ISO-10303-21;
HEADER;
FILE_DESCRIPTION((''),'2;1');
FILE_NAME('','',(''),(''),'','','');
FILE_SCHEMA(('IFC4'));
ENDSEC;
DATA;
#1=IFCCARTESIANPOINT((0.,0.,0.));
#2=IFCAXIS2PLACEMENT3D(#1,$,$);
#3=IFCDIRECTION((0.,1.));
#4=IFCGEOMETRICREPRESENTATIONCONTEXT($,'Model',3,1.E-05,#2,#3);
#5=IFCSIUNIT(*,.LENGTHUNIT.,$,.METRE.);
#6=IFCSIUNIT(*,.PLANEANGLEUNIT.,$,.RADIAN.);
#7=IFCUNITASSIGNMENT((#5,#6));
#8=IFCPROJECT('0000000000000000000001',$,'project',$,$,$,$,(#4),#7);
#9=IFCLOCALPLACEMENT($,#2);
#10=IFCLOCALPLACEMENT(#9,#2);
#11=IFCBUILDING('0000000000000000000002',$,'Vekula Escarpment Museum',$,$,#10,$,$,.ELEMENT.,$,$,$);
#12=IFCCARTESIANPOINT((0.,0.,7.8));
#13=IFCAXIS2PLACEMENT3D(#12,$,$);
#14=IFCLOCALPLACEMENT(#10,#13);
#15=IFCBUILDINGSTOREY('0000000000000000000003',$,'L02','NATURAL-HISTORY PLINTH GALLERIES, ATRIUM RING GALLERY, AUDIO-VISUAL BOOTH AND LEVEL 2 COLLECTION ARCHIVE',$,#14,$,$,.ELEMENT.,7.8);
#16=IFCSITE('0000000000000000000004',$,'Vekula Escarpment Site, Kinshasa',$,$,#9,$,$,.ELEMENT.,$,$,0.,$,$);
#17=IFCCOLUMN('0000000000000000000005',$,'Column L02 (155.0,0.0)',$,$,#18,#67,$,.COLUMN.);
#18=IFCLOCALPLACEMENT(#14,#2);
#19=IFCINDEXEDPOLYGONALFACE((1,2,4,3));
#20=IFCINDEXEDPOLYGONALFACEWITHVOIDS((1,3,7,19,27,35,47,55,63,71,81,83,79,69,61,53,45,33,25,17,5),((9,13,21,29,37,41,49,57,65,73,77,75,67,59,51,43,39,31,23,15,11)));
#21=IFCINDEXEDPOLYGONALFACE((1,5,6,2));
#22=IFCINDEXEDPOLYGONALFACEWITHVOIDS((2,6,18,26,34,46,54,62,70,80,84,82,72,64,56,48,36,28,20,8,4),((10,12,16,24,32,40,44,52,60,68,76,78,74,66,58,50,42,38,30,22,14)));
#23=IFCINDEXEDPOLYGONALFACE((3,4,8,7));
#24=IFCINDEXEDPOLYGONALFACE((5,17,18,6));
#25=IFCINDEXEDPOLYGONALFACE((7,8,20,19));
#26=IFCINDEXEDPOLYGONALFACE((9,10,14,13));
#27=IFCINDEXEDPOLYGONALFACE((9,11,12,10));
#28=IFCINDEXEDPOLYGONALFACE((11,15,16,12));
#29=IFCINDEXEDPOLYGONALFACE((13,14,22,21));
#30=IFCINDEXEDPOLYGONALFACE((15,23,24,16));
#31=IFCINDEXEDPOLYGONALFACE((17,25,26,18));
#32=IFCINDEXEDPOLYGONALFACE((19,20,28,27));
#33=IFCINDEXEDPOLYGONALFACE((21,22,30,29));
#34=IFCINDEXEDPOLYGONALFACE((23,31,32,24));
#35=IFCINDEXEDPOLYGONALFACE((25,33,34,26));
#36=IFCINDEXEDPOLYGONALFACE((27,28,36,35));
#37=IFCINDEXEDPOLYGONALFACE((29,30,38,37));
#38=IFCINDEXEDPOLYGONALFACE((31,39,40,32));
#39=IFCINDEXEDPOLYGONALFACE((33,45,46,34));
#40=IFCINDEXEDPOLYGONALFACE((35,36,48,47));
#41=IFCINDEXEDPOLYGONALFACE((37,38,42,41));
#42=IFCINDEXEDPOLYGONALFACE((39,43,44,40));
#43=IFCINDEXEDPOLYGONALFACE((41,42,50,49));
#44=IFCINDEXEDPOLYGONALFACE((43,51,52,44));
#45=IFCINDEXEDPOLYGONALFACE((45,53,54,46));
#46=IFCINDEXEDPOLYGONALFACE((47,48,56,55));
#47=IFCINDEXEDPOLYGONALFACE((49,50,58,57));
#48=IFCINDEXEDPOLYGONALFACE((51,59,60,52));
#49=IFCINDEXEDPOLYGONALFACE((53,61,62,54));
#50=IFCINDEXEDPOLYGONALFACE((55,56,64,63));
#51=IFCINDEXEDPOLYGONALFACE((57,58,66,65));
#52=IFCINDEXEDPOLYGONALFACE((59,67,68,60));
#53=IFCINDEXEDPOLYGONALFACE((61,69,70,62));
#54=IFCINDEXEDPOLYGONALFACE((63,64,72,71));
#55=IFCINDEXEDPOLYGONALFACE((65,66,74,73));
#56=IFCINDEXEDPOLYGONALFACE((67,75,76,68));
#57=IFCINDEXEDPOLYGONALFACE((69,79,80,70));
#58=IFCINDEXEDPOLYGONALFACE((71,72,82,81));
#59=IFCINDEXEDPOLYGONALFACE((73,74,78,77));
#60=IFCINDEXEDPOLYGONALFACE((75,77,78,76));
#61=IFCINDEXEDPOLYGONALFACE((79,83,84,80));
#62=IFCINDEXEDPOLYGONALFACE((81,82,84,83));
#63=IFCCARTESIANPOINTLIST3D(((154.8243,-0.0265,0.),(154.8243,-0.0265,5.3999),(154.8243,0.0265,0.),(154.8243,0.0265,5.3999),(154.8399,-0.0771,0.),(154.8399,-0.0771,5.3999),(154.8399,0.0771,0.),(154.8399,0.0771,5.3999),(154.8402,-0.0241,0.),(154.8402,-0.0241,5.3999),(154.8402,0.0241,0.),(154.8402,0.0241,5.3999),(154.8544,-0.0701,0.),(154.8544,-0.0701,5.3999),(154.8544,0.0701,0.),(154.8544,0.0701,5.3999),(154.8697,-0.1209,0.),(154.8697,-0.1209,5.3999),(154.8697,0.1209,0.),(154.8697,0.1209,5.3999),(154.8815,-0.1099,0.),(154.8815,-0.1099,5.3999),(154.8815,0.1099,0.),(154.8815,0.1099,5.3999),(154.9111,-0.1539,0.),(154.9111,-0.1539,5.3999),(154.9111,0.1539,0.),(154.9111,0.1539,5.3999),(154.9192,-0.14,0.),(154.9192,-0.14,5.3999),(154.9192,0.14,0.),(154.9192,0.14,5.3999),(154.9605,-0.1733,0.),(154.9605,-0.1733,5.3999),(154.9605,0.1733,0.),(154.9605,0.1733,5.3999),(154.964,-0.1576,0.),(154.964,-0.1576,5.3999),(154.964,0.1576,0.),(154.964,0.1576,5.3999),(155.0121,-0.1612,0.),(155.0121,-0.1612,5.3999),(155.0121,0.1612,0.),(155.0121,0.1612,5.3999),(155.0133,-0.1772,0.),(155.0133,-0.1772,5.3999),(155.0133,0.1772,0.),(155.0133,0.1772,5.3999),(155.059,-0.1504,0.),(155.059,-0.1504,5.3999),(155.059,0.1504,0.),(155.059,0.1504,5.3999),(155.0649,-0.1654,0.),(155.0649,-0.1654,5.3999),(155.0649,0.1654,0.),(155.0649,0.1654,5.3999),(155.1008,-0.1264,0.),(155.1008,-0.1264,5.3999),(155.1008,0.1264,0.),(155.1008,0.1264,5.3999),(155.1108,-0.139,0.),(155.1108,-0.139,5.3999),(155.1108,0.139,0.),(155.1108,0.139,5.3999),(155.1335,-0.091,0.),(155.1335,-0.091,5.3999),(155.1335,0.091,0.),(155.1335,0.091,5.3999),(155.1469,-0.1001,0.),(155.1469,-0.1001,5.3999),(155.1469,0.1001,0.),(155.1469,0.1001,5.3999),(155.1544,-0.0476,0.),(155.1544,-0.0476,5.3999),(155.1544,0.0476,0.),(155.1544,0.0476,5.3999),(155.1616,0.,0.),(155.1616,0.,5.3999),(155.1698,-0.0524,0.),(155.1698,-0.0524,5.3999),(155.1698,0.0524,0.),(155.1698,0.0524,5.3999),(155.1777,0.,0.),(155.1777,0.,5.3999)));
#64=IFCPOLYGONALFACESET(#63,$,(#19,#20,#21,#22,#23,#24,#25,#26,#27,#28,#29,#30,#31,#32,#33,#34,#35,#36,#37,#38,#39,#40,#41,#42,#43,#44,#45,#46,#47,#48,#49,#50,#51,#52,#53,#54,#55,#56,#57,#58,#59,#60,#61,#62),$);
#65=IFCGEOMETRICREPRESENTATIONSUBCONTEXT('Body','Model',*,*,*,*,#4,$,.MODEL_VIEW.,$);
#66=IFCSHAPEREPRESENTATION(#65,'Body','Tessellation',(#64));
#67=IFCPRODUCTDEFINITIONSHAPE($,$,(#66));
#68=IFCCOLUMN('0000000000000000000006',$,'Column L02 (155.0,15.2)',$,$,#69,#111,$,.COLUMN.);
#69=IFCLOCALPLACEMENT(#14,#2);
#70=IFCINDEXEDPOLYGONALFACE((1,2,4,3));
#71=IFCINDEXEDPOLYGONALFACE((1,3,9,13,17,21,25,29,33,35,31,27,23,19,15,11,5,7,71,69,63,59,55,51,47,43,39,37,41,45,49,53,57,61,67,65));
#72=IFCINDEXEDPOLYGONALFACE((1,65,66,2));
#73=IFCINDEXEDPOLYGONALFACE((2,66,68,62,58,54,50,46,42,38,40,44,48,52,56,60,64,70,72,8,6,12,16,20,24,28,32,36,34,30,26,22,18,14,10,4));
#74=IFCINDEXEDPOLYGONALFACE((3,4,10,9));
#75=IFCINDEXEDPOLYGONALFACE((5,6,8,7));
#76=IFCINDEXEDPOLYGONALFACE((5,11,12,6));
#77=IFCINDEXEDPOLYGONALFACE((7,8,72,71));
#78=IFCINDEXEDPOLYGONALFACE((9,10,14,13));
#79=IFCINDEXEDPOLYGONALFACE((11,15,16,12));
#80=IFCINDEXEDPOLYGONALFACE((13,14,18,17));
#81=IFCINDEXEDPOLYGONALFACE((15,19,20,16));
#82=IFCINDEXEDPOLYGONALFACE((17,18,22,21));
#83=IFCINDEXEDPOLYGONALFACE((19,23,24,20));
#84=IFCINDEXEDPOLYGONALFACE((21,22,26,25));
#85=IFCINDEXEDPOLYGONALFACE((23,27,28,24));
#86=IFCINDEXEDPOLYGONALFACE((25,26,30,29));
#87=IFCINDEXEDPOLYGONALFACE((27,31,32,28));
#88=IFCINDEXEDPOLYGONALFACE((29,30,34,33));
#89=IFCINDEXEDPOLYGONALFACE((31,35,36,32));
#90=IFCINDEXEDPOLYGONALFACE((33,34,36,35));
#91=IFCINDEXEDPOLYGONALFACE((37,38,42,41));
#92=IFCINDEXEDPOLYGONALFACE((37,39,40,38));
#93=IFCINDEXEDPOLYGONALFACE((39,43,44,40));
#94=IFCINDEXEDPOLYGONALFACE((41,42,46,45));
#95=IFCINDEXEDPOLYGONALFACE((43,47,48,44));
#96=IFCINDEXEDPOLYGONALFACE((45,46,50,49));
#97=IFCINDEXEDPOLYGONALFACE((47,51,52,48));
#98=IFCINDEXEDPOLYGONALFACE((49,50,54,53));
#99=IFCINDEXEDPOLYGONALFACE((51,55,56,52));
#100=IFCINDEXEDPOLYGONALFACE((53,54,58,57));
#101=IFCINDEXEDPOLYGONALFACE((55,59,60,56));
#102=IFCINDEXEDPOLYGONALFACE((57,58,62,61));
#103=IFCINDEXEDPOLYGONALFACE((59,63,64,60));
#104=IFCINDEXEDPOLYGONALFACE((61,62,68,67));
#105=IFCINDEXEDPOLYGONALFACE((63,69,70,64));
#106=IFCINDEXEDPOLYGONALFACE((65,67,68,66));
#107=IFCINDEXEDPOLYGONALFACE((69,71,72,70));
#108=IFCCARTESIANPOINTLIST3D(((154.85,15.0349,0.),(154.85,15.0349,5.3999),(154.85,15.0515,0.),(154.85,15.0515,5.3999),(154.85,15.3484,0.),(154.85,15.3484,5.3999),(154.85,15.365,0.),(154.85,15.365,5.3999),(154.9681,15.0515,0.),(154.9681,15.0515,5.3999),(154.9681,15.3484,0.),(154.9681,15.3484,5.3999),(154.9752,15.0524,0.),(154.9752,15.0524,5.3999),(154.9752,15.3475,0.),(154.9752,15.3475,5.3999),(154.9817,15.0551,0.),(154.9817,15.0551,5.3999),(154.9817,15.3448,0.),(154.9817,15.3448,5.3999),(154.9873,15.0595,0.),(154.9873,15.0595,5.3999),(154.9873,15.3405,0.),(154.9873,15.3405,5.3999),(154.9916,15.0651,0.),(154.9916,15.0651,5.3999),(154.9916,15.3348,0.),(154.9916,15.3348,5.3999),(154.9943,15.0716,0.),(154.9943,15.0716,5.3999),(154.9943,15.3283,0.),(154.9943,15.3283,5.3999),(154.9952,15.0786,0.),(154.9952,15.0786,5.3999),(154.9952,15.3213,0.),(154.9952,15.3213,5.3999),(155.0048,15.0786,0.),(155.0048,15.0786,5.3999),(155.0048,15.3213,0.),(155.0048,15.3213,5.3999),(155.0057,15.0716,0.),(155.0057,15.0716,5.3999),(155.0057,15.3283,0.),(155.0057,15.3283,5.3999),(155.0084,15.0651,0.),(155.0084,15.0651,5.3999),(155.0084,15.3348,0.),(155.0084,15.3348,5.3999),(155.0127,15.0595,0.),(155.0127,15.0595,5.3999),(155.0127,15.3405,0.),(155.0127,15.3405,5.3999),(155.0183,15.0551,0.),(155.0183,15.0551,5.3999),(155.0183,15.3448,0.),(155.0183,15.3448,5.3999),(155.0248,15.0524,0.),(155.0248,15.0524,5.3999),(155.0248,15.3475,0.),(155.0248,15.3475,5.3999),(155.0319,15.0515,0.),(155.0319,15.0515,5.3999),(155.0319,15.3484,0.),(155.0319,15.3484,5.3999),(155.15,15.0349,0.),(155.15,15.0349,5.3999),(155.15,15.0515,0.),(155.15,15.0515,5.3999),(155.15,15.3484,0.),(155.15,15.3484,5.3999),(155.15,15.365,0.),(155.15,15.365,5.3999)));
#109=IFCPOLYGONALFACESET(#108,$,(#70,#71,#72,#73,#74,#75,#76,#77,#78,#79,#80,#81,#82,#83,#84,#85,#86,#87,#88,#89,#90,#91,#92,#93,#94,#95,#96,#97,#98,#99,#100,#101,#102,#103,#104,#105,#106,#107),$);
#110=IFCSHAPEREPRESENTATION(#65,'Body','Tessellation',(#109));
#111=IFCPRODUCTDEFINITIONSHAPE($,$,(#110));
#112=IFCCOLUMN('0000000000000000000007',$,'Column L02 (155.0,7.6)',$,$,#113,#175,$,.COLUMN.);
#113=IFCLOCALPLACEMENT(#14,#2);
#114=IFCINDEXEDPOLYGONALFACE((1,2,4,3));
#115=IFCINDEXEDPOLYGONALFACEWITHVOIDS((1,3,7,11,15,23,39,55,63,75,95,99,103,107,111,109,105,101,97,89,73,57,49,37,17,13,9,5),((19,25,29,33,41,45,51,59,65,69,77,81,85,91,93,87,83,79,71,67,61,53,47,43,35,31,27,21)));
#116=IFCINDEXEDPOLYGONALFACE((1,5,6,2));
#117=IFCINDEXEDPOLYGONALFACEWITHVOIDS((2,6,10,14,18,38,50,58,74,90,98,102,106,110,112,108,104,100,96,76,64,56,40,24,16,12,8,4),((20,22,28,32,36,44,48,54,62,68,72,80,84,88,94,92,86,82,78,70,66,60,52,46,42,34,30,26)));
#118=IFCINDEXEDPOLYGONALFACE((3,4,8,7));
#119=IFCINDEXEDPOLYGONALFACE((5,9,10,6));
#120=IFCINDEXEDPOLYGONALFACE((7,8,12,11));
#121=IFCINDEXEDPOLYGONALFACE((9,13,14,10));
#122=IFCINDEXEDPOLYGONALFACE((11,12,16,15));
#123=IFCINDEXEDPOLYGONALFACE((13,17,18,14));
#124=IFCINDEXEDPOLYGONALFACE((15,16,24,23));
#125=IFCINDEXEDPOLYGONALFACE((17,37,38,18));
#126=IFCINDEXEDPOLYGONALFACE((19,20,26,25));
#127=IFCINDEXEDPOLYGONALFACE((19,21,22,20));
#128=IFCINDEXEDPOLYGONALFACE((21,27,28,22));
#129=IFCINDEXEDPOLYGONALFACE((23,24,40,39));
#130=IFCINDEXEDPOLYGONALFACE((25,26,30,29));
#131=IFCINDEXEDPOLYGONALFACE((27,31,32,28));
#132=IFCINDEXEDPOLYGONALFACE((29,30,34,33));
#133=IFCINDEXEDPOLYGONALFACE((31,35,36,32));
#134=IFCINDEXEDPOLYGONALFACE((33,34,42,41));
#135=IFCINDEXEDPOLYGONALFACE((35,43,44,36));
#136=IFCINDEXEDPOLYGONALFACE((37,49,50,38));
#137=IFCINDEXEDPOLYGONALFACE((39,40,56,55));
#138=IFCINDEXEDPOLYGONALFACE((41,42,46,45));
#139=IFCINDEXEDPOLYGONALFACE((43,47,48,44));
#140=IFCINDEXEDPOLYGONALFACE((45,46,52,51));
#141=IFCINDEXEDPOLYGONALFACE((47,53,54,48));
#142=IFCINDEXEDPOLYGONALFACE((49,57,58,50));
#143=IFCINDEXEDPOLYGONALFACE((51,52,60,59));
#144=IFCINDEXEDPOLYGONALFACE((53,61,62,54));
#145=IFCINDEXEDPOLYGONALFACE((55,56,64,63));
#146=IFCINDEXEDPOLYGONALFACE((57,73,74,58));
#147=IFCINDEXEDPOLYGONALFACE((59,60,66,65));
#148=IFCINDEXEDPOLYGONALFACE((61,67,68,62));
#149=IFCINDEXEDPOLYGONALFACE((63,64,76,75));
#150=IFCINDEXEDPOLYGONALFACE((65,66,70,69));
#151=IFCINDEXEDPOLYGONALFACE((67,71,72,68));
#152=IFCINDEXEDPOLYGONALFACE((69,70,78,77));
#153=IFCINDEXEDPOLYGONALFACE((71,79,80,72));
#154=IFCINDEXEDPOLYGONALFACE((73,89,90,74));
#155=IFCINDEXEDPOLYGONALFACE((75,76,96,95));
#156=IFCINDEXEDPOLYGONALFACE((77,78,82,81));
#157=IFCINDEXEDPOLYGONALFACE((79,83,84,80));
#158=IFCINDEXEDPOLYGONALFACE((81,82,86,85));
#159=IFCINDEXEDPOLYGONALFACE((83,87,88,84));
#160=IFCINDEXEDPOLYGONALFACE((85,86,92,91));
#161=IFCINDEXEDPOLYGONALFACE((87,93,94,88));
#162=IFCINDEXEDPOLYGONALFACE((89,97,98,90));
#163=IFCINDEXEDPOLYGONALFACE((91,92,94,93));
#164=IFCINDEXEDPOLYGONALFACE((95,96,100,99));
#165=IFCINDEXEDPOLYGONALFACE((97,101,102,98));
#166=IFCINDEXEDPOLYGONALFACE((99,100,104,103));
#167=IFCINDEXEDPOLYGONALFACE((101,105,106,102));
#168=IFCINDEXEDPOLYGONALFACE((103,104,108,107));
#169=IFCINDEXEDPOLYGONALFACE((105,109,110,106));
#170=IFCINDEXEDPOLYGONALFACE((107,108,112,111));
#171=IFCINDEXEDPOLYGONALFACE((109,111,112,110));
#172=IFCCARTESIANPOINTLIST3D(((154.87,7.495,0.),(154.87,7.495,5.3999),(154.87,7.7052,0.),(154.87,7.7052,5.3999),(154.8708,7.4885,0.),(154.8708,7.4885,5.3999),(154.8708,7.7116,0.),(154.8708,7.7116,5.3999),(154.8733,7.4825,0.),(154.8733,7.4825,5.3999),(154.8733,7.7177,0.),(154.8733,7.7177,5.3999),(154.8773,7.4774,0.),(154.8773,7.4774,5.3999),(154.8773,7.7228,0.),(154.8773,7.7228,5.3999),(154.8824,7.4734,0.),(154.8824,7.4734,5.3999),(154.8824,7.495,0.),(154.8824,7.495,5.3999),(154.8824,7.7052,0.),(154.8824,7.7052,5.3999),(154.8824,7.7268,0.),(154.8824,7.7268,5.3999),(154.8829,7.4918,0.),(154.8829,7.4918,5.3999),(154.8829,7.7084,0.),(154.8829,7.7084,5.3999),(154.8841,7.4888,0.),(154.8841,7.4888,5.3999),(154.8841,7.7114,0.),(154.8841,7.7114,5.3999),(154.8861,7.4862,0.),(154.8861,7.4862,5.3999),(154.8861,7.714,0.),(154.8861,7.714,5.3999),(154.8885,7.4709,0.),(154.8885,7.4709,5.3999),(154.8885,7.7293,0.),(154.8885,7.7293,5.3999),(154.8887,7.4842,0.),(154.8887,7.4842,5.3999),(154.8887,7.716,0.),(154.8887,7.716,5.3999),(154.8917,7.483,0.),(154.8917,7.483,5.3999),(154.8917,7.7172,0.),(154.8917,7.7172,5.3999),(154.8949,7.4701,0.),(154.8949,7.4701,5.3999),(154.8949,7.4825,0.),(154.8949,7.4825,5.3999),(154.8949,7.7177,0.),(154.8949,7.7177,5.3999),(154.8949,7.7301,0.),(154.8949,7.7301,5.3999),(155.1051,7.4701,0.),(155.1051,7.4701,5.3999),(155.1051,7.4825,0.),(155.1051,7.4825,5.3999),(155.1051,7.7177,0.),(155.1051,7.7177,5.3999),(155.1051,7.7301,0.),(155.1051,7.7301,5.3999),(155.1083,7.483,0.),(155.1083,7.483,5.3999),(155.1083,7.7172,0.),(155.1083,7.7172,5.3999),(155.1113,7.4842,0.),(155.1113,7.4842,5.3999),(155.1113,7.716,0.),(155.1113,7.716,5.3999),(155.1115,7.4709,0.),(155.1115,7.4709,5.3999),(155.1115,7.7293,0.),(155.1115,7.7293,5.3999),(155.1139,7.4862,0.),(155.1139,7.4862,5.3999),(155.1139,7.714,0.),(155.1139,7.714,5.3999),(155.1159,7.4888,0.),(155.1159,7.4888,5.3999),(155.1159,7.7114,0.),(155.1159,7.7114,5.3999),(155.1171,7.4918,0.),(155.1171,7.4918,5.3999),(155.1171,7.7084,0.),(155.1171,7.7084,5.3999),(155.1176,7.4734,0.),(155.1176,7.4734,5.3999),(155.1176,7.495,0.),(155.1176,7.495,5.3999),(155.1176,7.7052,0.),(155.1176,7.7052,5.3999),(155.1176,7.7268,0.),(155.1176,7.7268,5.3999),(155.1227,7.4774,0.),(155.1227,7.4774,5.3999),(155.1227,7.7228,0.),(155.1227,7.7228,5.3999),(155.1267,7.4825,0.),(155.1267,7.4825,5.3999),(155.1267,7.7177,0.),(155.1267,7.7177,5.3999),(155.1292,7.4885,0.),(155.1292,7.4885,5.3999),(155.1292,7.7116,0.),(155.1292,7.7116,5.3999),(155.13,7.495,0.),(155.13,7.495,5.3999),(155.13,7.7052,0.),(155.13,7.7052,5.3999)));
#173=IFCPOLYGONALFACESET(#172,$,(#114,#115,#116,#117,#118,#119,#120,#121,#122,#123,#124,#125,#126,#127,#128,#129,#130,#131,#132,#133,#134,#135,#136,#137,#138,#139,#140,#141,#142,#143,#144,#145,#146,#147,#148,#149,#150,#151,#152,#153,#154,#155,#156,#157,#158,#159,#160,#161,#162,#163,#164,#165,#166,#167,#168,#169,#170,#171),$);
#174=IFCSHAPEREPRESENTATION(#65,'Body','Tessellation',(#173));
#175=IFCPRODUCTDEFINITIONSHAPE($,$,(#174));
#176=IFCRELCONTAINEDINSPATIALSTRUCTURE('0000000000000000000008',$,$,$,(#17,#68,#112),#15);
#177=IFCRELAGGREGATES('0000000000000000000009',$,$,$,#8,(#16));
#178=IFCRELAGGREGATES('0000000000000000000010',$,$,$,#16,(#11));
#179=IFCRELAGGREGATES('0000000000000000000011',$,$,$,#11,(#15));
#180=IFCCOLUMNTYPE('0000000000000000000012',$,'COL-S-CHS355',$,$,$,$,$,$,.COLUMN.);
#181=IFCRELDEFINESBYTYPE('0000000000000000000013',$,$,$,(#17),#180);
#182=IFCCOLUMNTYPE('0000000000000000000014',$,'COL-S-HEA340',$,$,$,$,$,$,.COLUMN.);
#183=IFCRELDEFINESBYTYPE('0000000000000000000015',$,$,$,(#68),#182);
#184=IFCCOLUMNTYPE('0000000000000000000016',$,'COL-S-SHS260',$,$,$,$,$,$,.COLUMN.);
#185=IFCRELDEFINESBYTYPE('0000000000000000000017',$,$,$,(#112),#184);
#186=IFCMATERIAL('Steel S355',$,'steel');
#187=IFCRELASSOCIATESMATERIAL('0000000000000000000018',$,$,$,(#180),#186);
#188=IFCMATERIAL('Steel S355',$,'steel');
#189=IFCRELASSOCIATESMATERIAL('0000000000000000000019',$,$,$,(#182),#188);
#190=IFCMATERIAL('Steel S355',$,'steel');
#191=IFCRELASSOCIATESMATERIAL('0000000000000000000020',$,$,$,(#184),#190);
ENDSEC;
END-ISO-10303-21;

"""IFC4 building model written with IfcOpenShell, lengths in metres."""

from ifc_helpers import new_model, si_unit, direction, frame, origin, origin_2d, place, context, subcontext, project, spatial, hollow_rectangle, hollow_circle, i_section, extrude, material, material_profile, profile_set, type_object, element, save


model = new_model("IFC4")

# Units and contexts
model_context = context("Model", 3, precision=1e-05, world=origin(), true_north=direction((0.0, 1.0)))
body_context = subcontext(model_context, "Body", "Model", "MODEL_VIEW")
ifc_project = project(units=[si_unit("LENGTHUNIT", "METRE"), si_unit("PLANEANGLEUNIT", "RADIAN")], contexts=[model_context])

# Site, building, storey
site_placement = place(None, origin())
site = spatial("IfcSite", under=ifc_project, at=site_placement, Name="Vekula Escarpment Site, Kinshasa", CompositionType="ELEMENT", RefElevation=0.0)
building_placement = place(site_placement, origin())
building = spatial("IfcBuilding", under=site, at=building_placement, Name="Vekula Escarpment Museum", CompositionType="ELEMENT")
storey_placement = place(building_placement, frame((0.0, 0.0, 7.8)))
storey = spatial("IfcBuildingStorey", under=building, at=storey_placement, Name="L02", Description="NATURAL-HISTORY PLINTH GALLERIES, ATRIUM RING GALLERY, AUDIO-VISUAL BOOTH AND LEVEL 2 COLLECTION ARCHIVE", CompositionType="ELEMENT", Elevation=7.8)

# Columns
ifc_material_1 = material(Name="Steel S355", Category="steel")
ifc_material_profile_1 = material_profile(ifc_material_1, hollow_circle(Radius=0.1777, WallThickness=0.0161, at=origin_2d()), Name="CHS 355.6x16")
ifc_profile_set_1 = profile_set([ifc_material_profile_1], Name="Steel S355")
column_type_1 = type_object("IfcColumnType", Name="COL-S-CHS355", PredefinedType="COLUMN", material=ifc_profile_set_1)
column_1_placement = place(storey_placement, frame((155.0, 0.0, 0.0), z_axis=(0.0, 0.0, 1.0), x_axis=(1.0, 0.0, 0.0)))
element("IfcColumn", 1, at=column_1_placement, inside=storey, type_object=column_type_1, Name="Column L02 (155.0,0.0)", PredefinedType="COLUMN", context=body_context, shape_type="SweptSolid", body=[
    extrude(hollow_circle(Radius=0.1777, WallThickness=0.0161, at=origin_2d()), origin(), (0.0, 0.0, 1.0), 5.3999),
])
ifc_material_2 = material(Name="Steel S355", Category="steel")
ifc_material_profile_2 = material_profile(ifc_material_2, i_section(OverallWidth=0.3, OverallDepth=0.3301, WebThickness=0.0095, FlangeThickness=0.0166, FilletRadius=0.0271, at=origin_2d()), Name="HEA 340")
ifc_profile_set_2 = profile_set([ifc_material_profile_2], Name="Steel S355")
column_type_2 = type_object("IfcColumnType", Name="COL-S-HEA340", PredefinedType="COLUMN", material=ifc_profile_set_2)
column_2_placement = place(storey_placement, frame((155.0, 15.2, 0.0), z_axis=(0.0, 0.0, 1.0), x_axis=(1.0, 0.0, 0.0)))
element("IfcColumn", 2, at=column_2_placement, inside=storey, type_object=column_type_2, Name="Column L02 (155.0,15.2)", PredefinedType="COLUMN", context=body_context, shape_type="SweptSolid", body=[
    extrude(i_section(OverallWidth=0.3, OverallDepth=0.3301, WebThickness=0.0095, FlangeThickness=0.0166, FilletRadius=0.0271, at=origin_2d()), origin(), (0.0, 0.0, 1.0), 5.3999),
])
ifc_material_3 = material(Name="Steel S355", Category="steel")
ifc_material_profile_3 = material_profile(ifc_material_3, hollow_rectangle(XDim=0.26, YDim=0.26, WallThickness=0.0125, InnerFilletRadius=0.0125, OuterFilletRadius=0.0249, at=origin_2d()), Name="SHS 260x260x12.5")
ifc_profile_set_3 = profile_set([ifc_material_profile_3], Name="Steel S355")
column_type_3 = type_object("IfcColumnType", Name="COL-S-SHS260", PredefinedType="COLUMN", material=ifc_profile_set_3)
column_3_placement = place(storey_placement, frame((155.0, 7.6001, 0.0), z_axis=(0.0, 0.0, 1.0), x_axis=(1.0, 0.0, 0.0)))
element("IfcColumn", 3, at=column_3_placement, inside=storey, type_object=column_type_3, Name="Column L02 (155.0,7.6)", PredefinedType="COLUMN", context=body_context, shape_type="SweptSolid", body=[
    extrude(hollow_rectangle(XDim=0.26, YDim=0.26, WallThickness=0.0125, InnerFilletRadius=0.0125, OuterFilletRadius=0.0249, at=origin_2d()), origin(), (0.0, 0.0, 1.0), 5.3999),
])

save(model, "model.ifc")
